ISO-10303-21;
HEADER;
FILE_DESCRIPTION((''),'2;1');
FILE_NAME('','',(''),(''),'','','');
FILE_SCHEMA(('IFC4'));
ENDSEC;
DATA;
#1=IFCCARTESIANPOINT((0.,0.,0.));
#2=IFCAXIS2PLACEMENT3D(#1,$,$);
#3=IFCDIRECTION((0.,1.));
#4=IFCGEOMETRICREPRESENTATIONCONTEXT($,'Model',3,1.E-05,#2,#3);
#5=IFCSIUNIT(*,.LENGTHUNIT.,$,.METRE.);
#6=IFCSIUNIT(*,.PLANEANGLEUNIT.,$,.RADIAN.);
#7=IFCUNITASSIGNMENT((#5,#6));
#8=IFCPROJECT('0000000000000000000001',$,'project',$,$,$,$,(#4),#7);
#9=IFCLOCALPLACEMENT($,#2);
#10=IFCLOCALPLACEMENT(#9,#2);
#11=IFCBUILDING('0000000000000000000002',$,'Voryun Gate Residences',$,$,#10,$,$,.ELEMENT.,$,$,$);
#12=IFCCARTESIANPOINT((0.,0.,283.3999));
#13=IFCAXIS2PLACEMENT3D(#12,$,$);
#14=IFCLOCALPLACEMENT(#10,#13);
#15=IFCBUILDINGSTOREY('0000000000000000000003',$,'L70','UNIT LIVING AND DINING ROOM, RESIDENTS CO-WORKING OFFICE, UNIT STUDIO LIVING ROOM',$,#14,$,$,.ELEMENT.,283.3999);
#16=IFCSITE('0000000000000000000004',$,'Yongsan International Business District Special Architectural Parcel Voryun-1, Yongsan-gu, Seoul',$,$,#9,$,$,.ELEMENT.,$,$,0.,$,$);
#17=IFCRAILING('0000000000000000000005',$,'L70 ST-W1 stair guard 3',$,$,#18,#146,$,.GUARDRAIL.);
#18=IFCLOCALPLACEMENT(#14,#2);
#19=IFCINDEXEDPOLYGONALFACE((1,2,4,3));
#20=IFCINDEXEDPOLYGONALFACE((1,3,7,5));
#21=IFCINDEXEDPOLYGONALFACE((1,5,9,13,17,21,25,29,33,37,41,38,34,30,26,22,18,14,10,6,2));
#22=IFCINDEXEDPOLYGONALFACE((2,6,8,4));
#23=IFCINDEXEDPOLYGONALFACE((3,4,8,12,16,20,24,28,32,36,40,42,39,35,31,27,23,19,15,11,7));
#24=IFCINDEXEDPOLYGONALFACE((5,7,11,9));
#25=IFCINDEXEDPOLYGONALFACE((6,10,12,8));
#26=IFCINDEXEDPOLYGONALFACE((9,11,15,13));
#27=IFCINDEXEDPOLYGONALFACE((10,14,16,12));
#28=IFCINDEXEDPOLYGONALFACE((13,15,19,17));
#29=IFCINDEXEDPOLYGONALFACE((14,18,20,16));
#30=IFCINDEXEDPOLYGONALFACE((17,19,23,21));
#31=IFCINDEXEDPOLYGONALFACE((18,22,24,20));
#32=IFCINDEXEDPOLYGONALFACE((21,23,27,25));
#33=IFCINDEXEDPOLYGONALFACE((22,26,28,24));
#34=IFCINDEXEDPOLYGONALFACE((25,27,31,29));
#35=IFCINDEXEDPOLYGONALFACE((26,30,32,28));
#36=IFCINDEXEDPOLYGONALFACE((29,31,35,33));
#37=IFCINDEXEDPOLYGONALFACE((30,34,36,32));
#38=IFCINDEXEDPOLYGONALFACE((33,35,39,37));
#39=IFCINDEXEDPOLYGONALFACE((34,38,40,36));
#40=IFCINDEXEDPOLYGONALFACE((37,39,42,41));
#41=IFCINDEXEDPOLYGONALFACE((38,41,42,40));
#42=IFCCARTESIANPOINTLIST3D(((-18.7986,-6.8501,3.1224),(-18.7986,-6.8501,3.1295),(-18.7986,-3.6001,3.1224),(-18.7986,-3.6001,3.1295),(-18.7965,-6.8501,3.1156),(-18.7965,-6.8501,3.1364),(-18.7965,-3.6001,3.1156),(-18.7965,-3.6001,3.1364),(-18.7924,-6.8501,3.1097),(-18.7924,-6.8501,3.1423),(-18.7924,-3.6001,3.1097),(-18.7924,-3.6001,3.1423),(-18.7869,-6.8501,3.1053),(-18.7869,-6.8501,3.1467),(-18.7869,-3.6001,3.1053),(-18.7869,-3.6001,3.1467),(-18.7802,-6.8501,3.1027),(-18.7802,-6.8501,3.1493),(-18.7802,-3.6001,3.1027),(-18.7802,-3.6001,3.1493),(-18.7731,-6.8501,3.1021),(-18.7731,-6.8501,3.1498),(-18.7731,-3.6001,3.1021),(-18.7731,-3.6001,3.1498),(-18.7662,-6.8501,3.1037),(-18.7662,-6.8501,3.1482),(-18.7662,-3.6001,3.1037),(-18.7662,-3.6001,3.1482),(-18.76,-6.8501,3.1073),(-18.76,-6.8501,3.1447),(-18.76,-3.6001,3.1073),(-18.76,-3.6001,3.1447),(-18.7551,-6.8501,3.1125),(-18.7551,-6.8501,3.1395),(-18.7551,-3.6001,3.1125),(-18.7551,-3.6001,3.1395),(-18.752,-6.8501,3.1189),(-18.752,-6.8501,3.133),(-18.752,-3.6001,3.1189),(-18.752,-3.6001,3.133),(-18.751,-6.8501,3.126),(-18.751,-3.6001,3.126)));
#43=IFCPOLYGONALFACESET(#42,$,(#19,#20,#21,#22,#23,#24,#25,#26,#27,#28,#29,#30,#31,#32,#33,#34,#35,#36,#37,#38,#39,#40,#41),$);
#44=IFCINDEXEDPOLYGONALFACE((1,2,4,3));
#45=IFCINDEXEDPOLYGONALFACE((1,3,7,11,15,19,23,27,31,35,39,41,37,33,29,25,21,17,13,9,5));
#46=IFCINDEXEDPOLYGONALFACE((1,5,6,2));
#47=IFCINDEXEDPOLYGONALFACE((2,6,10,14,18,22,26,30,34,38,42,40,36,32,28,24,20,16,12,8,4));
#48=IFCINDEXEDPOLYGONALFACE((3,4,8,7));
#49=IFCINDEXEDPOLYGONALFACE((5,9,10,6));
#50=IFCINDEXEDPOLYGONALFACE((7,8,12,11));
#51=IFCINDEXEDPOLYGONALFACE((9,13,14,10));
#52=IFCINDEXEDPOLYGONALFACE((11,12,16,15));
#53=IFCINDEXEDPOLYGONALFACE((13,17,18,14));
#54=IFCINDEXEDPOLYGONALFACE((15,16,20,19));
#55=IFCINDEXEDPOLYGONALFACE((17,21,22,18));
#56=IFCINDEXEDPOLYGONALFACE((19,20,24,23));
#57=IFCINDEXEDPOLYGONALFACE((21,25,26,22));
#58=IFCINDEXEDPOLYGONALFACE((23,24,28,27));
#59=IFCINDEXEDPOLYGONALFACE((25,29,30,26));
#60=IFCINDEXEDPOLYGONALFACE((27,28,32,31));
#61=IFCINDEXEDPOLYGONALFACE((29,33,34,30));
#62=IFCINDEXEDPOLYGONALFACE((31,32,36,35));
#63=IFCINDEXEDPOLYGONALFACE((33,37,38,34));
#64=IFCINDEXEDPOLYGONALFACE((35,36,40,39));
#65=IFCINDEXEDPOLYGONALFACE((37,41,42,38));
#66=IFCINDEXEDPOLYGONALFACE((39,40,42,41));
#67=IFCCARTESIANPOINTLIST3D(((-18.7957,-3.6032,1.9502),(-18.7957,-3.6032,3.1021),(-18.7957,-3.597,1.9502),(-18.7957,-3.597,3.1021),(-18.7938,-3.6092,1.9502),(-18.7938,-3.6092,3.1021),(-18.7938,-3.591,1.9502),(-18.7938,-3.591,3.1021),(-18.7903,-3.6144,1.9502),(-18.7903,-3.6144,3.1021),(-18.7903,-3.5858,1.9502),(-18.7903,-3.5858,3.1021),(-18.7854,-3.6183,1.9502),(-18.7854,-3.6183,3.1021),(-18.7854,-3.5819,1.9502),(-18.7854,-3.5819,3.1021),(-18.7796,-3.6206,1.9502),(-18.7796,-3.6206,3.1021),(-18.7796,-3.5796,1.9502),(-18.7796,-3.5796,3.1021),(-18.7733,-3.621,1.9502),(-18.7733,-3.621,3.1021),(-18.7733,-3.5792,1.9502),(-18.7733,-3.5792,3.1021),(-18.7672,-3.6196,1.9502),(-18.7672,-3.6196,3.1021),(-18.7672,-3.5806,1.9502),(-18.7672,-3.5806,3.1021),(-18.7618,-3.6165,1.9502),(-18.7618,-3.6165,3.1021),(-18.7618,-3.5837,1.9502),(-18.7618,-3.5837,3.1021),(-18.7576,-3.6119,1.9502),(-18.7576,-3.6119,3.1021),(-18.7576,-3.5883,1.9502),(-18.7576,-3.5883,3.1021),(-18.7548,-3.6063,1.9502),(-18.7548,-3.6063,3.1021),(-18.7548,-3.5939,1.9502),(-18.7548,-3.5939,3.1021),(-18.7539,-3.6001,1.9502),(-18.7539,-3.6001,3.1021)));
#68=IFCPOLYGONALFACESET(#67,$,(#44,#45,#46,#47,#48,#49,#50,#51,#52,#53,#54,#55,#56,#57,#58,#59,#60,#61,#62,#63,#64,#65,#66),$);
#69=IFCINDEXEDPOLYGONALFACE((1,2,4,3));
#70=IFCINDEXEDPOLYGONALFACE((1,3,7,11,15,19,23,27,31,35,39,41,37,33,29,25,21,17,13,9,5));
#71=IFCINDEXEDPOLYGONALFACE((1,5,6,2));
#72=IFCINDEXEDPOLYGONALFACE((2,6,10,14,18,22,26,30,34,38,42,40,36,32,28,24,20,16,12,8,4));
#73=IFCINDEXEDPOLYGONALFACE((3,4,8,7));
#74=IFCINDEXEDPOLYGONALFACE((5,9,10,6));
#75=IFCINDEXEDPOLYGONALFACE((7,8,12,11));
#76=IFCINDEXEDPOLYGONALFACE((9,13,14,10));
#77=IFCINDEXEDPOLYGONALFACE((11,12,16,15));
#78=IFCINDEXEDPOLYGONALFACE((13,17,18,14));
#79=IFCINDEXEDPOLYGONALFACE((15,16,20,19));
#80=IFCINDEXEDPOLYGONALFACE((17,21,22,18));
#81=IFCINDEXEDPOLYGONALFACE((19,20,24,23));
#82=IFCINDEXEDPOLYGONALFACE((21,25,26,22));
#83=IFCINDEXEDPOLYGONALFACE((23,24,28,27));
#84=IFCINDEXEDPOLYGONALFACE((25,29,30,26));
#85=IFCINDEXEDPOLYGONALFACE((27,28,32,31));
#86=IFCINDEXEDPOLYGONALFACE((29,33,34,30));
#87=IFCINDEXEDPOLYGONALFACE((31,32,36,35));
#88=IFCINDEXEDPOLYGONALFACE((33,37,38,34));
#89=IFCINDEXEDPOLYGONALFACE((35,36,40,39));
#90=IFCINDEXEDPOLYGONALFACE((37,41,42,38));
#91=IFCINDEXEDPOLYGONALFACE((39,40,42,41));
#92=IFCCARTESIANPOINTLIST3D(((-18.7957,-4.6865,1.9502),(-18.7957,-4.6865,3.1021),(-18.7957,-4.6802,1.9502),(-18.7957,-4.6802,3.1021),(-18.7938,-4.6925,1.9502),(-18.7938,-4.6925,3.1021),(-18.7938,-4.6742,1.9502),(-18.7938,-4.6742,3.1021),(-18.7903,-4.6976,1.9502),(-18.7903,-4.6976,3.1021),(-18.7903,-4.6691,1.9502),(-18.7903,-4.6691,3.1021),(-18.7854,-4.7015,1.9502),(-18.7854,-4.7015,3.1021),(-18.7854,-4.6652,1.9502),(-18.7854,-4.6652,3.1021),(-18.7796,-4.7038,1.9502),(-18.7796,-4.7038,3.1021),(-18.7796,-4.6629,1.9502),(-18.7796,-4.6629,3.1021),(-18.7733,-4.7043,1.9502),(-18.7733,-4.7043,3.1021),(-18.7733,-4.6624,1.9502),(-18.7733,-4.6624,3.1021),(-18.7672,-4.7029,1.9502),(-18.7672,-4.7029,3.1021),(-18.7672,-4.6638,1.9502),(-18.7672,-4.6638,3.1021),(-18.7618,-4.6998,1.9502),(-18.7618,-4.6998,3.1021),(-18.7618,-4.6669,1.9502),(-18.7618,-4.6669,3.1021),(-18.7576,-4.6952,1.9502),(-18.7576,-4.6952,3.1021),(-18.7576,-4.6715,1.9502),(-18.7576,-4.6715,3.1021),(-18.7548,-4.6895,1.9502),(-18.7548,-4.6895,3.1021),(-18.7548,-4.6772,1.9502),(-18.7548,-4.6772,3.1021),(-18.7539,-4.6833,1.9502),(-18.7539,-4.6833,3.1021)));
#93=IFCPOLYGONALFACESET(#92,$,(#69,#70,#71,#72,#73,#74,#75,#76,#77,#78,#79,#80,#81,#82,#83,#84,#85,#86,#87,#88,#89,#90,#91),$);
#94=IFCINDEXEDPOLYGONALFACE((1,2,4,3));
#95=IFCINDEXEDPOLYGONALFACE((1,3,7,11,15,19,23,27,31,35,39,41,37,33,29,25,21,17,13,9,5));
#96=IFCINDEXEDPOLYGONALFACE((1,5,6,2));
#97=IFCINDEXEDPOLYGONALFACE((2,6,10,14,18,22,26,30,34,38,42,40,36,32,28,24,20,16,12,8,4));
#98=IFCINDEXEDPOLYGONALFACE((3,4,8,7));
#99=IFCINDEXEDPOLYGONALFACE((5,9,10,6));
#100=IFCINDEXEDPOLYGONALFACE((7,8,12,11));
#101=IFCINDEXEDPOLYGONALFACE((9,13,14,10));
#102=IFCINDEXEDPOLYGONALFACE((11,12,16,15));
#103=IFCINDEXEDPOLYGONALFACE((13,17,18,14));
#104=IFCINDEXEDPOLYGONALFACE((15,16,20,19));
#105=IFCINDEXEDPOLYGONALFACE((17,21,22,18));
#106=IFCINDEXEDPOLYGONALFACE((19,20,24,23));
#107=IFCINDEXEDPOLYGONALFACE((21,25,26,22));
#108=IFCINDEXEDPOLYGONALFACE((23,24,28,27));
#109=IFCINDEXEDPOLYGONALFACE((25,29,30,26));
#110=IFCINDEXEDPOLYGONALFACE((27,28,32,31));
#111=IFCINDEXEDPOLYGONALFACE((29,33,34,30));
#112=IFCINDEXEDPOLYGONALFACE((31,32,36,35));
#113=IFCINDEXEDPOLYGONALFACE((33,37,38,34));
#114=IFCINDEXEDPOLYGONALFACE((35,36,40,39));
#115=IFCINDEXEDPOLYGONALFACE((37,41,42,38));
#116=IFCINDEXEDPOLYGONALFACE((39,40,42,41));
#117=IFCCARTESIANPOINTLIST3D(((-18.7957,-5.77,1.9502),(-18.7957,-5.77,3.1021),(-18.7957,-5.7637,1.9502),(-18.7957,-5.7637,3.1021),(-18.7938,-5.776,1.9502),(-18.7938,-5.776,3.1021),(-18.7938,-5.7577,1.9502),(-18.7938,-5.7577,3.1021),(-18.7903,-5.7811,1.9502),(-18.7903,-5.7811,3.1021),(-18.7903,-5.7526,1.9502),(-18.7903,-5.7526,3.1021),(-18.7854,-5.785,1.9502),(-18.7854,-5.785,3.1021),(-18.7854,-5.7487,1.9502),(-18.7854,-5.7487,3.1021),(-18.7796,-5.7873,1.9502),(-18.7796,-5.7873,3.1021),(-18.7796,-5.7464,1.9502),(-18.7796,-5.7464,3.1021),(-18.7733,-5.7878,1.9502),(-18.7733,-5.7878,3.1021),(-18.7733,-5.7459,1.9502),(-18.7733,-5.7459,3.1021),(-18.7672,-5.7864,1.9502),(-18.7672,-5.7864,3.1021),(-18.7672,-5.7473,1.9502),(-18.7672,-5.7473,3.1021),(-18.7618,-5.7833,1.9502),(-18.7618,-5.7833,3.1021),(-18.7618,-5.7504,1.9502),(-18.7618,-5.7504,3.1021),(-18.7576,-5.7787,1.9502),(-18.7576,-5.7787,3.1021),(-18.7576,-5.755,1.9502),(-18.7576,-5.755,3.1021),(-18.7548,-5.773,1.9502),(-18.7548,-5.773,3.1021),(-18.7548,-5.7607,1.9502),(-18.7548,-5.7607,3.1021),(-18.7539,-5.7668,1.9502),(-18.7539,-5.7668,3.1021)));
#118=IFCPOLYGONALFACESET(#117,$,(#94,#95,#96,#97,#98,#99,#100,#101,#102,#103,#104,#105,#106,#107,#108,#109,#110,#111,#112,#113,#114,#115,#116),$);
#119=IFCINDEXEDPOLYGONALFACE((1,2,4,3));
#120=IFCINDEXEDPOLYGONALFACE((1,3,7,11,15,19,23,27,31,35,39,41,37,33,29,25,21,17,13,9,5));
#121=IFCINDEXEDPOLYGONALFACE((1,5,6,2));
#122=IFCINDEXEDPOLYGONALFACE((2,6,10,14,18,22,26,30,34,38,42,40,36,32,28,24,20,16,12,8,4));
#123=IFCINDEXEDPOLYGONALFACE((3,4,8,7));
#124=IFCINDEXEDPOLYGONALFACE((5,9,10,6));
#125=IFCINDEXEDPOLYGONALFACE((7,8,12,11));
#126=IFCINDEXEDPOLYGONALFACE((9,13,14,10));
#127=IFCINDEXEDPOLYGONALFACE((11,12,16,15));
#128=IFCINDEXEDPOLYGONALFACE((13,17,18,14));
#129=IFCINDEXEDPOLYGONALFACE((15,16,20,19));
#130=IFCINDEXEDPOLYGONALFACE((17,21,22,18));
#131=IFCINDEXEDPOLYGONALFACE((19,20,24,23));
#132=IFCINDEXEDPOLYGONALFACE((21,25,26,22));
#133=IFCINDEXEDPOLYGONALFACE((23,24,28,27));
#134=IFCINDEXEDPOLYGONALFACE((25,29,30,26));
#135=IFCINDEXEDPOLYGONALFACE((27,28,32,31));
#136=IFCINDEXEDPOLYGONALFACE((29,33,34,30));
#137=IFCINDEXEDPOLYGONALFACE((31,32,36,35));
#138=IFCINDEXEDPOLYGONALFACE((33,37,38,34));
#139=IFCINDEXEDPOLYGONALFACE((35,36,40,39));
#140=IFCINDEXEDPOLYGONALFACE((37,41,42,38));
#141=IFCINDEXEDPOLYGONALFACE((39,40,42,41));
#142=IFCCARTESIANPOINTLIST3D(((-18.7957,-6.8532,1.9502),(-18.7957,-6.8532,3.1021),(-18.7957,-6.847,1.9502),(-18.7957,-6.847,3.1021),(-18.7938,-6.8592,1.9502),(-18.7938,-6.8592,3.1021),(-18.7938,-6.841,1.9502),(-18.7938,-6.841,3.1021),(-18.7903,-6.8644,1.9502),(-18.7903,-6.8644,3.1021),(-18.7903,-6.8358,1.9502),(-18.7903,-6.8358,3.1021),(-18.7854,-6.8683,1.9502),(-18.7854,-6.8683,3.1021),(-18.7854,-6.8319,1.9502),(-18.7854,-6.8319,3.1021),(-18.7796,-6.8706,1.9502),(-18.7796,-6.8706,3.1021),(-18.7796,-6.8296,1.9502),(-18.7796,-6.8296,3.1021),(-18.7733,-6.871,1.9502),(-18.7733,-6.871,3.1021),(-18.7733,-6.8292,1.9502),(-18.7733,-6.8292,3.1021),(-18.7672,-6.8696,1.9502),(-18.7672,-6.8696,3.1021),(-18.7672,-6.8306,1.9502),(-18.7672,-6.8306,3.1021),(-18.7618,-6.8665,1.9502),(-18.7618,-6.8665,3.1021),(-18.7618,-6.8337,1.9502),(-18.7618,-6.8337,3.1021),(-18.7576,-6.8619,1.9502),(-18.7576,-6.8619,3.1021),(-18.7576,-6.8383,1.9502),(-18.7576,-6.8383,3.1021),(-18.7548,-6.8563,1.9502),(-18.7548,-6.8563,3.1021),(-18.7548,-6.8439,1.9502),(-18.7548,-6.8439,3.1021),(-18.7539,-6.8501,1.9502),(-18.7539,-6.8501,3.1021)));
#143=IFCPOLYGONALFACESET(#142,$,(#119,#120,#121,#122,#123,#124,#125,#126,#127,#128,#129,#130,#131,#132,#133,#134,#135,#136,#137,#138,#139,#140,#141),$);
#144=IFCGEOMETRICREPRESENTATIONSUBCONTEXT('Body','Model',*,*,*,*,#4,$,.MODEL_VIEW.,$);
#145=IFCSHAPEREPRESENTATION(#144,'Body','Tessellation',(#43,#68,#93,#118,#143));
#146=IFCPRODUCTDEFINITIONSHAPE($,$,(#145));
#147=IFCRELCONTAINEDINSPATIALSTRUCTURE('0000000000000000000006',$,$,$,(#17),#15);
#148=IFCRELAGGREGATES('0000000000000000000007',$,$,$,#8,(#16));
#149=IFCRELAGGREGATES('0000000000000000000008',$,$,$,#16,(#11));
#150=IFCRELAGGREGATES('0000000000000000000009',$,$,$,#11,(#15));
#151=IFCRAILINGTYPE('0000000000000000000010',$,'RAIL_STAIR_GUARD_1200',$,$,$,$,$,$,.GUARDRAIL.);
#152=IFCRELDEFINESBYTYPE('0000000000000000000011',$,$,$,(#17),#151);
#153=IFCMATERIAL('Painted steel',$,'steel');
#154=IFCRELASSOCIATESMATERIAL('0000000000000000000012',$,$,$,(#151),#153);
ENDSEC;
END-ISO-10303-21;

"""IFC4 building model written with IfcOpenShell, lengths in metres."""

from ifc_helpers import new_model, si_unit, direction, frame, origin, origin_2d, place, context, subcontext, project, spatial, circle, extrude, material, type_object, element, save


model = new_model("IFC4")

# Units and contexts
model_context = context("Model", 3, precision=1e-05, world=origin(), true_north=direction((0.0, 1.0)))
body_context = subcontext(model_context, "Body", "Model", "MODEL_VIEW")
ifc_project = project(units=[si_unit("LENGTHUNIT", "METRE"), si_unit("PLANEANGLEUNIT", "RADIAN")], contexts=[model_context])

# Site, building, storey
site_placement = place(None, origin())
site = spatial("IfcSite", under=ifc_project, at=site_placement, Name="Yongsan International Business District Special Architectural Parcel Voryun-1, Yongsan-gu, Seoul", CompositionType="ELEMENT", RefElevation=0.0)
building_placement = place(site_placement, origin())
building = spatial("IfcBuilding", under=site, at=building_placement, Name="Voryun Gate Residences", CompositionType="ELEMENT")
storey_placement = place(building_placement, frame((0.0, 0.0, 283.3999)))
storey = spatial("IfcBuildingStorey", under=building, at=storey_placement, Name="L70", Description="UNIT LIVING AND DINING ROOM, RESIDENTS CO-WORKING OFFICE, UNIT STUDIO LIVING ROOM", CompositionType="ELEMENT", Elevation=283.3999)

# Railing
ifc_material_1 = material(Name="Painted steel", Category="steel")
railing_type_1 = type_object("IfcRailingType", Name="RAIL_STAIR_GUARD_1200", PredefinedType="GUARDRAIL", material=ifc_material_1)
railing_1_placement = place(storey_placement, frame((-18.7749, -3.6001, 1.9502)))
element("IfcRailing", 1, at=railing_1_placement, inside=storey, type_object=railing_type_1, Name="L70 ST-W1 stair guard 3", PredefinedType="GUARDRAIL", context=body_context, shape_type="SweptSolid", body=[
    extrude(circle(Radius=0.0239, at=origin_2d()), frame((0.0, 0.0, 1.1758), z_axis=(0.0, -1.0, 0.0), x_axis=(1.0, 0.0, 0.0)), (0.0, 0.0, 1.0), 3.25),
    extrude(circle(Radius=0.021, at=origin_2d()), origin(), (0.0, 0.0, 1.0), 1.1519),
    extrude(circle(Radius=0.021, at=origin_2d()), frame((0.0, -1.0833, 0.0)), (0.0, 0.0, 1.0), 1.1519),
    extrude(circle(Radius=0.021, at=origin_2d()), frame((0.0, -2.1667, 0.0)), (0.0, 0.0, 1.0), 1.1519),
    extrude(circle(Radius=0.021, at=origin_2d()), frame((0.0, -3.25, 0.0)), (0.0, 0.0, 1.0), 1.1519),
])

save(model, "model.ifc")
